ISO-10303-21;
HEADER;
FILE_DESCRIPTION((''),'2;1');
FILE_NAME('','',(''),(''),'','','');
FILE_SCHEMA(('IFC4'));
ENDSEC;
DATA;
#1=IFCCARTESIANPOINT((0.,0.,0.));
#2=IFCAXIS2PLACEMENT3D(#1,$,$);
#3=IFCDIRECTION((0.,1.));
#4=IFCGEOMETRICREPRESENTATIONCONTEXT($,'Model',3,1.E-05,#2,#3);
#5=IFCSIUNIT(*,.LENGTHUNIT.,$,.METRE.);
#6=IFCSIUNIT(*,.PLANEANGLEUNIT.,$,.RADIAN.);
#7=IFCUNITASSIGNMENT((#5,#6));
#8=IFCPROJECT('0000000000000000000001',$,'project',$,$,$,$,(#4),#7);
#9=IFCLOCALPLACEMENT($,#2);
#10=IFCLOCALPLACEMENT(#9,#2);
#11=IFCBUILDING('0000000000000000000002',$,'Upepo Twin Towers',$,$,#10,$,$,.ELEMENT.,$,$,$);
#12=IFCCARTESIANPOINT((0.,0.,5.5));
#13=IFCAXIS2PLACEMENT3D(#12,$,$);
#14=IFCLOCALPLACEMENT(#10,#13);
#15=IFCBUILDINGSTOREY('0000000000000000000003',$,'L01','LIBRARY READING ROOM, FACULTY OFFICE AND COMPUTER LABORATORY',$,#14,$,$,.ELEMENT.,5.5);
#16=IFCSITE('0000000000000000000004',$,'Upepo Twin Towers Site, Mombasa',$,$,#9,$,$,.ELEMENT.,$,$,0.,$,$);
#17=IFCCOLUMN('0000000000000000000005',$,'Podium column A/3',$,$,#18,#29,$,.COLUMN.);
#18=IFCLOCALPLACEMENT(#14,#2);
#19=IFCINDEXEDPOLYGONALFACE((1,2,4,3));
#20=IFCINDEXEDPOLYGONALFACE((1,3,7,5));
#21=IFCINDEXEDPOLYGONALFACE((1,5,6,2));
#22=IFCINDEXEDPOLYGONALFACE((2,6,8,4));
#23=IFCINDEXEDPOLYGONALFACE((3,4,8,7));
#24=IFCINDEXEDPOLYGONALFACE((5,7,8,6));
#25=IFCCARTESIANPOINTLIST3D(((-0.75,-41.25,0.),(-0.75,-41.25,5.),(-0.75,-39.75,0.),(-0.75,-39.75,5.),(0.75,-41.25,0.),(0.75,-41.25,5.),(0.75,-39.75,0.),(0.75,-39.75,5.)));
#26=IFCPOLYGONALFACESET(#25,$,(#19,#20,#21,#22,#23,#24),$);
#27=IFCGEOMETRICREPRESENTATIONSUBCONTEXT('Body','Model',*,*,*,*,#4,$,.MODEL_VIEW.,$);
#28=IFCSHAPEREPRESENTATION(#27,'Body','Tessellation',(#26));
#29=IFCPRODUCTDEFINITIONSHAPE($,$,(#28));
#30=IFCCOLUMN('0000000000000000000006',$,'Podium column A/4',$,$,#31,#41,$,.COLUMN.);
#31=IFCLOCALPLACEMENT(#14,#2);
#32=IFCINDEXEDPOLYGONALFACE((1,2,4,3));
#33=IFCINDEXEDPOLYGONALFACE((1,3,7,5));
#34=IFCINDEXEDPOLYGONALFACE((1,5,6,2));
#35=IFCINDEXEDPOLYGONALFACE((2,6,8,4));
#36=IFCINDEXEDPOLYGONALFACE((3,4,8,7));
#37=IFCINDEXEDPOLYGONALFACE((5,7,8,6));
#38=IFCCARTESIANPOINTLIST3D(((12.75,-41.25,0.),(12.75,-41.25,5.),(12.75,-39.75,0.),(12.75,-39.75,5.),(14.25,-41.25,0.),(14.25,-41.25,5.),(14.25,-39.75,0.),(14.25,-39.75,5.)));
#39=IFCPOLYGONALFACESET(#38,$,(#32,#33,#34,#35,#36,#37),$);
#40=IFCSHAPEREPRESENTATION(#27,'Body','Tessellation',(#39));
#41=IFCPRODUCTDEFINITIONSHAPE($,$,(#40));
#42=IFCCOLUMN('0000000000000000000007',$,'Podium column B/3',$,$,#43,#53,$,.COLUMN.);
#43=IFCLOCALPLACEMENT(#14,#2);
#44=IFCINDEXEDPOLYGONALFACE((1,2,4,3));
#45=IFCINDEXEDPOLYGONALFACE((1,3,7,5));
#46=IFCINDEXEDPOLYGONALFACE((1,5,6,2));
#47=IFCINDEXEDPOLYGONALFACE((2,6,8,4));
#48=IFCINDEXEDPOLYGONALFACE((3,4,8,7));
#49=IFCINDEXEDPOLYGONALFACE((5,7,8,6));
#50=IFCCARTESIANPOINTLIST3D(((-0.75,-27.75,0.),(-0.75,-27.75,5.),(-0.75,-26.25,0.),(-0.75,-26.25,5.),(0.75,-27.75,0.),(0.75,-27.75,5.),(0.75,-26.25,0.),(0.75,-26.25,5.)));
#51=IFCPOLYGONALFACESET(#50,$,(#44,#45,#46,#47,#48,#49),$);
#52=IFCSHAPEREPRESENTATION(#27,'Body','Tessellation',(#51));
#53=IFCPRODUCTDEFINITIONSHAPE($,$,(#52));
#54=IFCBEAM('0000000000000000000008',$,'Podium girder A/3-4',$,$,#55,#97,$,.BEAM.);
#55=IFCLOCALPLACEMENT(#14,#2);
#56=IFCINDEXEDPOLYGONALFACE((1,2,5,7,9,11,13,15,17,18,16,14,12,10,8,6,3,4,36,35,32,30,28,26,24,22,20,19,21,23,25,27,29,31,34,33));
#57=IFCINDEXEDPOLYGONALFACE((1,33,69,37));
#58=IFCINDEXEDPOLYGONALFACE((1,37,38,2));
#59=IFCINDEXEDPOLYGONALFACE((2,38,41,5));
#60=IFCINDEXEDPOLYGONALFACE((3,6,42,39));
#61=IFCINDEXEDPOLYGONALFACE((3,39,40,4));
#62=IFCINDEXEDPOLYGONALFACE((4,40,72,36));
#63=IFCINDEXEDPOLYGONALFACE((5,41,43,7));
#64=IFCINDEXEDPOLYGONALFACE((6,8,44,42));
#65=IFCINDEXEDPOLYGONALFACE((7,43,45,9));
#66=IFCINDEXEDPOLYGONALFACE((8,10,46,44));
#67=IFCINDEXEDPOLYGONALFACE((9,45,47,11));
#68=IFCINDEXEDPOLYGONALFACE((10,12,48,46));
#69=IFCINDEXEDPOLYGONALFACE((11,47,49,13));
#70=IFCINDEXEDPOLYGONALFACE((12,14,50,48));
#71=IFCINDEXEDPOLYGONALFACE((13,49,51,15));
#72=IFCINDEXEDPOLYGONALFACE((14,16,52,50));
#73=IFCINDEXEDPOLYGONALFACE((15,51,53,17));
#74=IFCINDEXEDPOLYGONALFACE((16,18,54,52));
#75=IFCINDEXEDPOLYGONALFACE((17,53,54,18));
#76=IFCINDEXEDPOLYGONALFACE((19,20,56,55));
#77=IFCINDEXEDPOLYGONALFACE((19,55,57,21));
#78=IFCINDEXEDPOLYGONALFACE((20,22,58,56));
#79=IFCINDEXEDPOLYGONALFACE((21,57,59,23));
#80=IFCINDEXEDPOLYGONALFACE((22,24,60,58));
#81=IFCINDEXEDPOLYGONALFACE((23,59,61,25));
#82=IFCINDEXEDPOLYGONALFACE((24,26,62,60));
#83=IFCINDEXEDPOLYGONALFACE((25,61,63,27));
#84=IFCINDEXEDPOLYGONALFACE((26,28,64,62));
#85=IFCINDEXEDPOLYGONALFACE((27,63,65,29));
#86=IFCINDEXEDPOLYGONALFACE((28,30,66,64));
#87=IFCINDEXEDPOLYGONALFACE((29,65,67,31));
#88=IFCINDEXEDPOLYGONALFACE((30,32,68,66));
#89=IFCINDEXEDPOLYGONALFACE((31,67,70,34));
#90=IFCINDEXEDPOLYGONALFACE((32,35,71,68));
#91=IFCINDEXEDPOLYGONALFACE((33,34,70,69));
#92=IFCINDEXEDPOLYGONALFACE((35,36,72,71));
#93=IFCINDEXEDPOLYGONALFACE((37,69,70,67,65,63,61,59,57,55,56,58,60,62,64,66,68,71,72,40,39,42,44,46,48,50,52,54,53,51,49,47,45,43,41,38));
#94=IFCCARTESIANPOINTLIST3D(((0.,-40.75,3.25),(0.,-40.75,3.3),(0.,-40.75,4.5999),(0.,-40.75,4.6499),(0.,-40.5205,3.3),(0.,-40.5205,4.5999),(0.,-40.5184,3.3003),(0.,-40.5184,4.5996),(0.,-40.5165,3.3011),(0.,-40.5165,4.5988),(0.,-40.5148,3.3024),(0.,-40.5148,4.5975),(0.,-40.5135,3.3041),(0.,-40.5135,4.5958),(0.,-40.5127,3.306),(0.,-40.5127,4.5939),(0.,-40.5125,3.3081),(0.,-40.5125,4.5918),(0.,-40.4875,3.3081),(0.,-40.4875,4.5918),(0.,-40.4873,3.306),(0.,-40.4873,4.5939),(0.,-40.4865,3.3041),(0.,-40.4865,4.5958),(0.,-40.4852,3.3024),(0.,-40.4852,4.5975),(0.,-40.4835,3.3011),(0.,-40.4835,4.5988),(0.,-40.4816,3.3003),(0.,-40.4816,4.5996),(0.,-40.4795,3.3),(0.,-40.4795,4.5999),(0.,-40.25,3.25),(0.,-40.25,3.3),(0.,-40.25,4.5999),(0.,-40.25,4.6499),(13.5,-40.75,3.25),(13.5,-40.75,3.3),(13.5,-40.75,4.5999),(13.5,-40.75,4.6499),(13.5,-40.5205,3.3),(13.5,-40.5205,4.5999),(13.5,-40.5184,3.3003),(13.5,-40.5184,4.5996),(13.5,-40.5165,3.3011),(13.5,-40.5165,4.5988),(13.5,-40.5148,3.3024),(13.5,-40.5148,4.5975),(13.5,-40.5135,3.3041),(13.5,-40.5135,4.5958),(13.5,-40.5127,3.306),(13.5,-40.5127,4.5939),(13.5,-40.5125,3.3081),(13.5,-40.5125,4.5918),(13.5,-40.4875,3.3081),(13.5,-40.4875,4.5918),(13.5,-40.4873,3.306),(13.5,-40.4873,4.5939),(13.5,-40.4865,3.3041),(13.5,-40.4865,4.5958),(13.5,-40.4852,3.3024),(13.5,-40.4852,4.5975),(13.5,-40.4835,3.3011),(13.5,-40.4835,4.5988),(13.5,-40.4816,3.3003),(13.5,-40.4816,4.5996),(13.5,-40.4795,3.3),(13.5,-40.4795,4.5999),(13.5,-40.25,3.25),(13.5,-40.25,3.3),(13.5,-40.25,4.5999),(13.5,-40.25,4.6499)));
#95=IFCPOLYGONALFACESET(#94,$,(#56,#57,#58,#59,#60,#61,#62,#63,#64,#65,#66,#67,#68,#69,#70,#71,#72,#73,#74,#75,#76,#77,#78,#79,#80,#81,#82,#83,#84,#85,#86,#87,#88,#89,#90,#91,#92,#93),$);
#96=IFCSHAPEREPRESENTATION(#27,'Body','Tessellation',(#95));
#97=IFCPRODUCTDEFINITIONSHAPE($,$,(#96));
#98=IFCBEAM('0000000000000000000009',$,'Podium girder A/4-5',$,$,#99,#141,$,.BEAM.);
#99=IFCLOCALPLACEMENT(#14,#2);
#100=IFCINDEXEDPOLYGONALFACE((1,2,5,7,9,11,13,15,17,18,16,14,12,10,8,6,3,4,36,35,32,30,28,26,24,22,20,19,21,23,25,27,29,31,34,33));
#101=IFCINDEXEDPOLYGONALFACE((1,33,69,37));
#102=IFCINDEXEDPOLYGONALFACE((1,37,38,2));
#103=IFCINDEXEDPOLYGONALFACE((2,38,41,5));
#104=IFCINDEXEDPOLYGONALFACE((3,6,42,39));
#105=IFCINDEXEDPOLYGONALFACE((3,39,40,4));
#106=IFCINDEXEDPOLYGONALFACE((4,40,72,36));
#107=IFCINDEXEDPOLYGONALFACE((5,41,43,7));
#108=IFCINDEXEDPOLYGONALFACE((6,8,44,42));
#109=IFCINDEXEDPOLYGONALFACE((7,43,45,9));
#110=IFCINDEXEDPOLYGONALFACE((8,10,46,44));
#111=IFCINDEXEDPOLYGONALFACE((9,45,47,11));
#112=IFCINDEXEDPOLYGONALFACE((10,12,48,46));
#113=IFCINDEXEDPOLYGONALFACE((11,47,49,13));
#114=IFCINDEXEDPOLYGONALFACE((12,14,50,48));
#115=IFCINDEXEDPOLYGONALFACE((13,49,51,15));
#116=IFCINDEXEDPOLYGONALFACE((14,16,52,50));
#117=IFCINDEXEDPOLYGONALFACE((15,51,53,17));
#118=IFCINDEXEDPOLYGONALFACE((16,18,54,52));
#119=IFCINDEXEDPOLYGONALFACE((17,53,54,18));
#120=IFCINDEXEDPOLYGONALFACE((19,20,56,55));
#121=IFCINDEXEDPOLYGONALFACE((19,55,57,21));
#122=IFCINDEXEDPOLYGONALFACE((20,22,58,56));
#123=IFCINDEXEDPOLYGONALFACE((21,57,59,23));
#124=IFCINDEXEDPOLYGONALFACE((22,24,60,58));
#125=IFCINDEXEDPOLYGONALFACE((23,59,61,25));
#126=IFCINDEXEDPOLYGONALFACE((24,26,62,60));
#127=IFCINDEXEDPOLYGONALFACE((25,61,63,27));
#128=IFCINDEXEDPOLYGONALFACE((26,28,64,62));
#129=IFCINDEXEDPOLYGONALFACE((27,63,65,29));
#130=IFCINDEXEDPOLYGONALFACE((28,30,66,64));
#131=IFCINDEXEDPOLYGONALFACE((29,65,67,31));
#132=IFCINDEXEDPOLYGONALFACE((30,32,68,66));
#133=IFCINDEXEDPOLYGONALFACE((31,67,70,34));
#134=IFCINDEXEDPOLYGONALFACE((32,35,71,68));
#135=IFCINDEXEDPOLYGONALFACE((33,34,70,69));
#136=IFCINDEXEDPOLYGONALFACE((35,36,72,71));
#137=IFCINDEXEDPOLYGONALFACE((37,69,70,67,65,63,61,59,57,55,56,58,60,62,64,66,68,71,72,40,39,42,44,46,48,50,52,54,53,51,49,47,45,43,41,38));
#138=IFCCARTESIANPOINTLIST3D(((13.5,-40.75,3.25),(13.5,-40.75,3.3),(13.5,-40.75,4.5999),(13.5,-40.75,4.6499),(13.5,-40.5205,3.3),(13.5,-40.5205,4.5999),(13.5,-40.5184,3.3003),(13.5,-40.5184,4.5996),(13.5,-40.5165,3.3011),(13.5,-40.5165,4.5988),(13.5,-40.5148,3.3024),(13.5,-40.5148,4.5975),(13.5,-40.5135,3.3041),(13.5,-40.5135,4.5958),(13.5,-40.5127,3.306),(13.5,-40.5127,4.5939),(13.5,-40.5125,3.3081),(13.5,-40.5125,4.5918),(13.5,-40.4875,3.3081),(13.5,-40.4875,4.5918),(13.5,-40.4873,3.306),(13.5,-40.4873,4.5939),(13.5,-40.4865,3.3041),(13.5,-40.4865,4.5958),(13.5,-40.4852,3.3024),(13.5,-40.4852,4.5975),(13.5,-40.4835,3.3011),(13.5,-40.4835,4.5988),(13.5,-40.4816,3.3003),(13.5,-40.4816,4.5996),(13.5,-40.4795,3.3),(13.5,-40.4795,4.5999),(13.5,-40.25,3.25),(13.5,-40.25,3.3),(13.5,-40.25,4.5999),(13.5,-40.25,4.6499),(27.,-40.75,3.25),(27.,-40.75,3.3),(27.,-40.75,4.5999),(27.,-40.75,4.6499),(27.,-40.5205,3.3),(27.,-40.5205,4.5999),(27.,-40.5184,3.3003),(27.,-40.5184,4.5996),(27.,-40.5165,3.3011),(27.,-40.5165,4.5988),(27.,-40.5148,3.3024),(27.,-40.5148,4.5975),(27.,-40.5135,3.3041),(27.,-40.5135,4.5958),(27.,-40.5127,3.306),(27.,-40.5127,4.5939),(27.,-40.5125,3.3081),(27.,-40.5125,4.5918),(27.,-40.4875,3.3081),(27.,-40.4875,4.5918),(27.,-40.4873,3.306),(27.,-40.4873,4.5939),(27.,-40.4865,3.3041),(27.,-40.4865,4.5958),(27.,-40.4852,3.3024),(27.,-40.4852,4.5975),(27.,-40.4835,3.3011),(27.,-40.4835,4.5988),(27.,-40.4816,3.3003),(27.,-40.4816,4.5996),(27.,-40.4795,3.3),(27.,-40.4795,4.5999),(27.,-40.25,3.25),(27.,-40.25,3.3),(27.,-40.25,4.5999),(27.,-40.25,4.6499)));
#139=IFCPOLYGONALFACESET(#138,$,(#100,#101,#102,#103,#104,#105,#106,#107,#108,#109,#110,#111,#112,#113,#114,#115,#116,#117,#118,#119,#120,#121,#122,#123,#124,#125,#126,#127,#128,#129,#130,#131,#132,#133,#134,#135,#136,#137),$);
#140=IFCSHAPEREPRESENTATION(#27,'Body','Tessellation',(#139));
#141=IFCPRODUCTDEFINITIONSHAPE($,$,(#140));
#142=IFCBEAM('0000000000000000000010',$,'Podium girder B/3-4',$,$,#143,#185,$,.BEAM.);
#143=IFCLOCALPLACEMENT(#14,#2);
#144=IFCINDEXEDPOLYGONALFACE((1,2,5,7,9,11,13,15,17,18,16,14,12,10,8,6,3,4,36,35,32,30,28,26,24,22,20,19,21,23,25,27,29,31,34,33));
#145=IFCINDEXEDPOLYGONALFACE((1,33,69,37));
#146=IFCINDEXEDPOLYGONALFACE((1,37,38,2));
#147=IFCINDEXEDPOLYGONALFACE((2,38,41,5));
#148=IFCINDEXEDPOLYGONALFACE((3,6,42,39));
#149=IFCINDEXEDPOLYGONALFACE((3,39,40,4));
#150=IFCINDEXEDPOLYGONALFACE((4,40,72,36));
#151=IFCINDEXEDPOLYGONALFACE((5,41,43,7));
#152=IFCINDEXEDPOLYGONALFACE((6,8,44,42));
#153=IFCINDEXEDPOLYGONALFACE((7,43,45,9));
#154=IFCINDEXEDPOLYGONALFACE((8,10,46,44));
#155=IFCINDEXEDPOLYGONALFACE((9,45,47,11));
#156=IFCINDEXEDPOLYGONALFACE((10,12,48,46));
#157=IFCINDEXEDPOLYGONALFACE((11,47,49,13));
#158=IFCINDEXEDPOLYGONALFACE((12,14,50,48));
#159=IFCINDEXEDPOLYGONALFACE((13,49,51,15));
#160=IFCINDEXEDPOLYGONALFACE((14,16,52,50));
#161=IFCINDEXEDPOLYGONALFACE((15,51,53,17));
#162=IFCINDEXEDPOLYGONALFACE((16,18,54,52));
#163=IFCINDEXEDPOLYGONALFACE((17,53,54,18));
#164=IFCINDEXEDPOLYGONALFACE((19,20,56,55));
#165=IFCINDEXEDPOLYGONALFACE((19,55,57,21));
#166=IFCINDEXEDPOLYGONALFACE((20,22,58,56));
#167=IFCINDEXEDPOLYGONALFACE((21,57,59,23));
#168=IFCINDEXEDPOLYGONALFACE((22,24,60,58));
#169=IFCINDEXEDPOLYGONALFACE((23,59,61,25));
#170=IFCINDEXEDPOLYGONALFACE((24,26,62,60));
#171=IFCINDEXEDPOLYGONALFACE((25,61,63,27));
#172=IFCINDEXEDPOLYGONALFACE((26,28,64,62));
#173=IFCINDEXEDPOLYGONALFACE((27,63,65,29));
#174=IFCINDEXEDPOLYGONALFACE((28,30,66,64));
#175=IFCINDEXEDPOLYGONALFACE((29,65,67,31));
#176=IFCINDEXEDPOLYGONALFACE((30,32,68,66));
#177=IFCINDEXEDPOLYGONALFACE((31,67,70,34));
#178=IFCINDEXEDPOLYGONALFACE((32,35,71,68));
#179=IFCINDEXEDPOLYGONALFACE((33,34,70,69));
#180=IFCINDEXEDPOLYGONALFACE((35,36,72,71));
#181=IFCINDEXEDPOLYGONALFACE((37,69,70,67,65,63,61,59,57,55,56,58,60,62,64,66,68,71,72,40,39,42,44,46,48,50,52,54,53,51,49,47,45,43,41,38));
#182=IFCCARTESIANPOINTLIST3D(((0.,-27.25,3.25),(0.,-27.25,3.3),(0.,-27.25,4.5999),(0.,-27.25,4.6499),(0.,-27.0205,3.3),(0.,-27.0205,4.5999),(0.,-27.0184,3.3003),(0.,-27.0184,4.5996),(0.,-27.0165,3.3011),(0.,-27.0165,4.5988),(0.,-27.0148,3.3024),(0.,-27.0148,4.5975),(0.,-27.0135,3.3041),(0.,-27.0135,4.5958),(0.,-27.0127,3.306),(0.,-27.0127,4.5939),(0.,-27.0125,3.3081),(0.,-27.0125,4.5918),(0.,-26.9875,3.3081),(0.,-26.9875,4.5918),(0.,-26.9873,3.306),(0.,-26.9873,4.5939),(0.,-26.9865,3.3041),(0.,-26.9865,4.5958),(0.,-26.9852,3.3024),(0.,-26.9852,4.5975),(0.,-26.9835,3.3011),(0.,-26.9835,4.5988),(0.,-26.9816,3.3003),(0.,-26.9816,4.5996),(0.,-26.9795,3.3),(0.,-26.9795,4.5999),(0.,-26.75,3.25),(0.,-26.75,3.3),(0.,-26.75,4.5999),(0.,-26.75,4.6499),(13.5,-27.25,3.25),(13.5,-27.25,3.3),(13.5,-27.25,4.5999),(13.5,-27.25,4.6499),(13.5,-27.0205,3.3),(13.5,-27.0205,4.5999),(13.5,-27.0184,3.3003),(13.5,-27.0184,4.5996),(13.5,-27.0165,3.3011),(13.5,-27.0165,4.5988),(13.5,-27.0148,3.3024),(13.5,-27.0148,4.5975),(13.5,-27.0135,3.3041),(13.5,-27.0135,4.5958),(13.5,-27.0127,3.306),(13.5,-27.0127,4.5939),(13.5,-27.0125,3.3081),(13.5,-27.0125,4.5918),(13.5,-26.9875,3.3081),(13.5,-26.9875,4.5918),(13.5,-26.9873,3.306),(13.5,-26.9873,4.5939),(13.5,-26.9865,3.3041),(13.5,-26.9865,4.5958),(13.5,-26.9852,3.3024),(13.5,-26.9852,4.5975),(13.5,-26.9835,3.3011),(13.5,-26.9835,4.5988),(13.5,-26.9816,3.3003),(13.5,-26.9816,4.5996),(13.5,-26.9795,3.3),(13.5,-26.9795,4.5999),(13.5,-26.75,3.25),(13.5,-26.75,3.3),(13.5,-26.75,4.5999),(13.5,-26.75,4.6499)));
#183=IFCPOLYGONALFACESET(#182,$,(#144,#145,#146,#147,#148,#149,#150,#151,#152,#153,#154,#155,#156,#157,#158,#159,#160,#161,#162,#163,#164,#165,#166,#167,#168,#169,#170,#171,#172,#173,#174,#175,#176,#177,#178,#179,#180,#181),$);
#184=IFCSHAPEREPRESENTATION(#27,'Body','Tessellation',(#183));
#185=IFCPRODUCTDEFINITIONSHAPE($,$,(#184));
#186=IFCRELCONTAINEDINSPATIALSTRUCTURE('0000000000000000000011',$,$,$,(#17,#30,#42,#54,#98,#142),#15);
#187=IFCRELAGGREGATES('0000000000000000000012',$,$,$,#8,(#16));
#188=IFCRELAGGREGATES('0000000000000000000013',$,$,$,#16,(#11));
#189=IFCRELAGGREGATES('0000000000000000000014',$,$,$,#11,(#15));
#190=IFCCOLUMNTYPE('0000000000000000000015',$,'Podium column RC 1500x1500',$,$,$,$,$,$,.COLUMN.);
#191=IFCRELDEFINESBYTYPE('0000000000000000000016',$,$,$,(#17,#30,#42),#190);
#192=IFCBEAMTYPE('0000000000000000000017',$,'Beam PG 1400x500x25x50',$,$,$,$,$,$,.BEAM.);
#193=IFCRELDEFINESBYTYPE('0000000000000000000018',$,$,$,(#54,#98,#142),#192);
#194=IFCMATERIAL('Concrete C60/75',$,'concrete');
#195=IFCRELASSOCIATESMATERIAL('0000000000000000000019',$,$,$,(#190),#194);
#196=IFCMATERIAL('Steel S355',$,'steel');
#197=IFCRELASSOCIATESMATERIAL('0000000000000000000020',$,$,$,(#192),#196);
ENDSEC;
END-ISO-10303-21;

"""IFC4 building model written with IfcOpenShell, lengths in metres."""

from ifc_helpers import new_model, si_unit, direction, frame, origin, origin_2d, place, context, subcontext, project, spatial, rectangle, i_section, extrude, material, material_profile, profile_set, type_object, element, save


model = new_model("IFC4")

# Units and contexts
model_context = context("Model", 3, precision=1e-05, world=origin(), true_north=direction((0.0, 1.0)))
body_context = subcontext(model_context, "Body", "Model", "MODEL_VIEW")
ifc_project = project(units=[si_unit("LENGTHUNIT", "METRE"), si_unit("PLANEANGLEUNIT", "RADIAN")], contexts=[model_context])

# Site, building, storey
site_placement = place(None, origin())
site = spatial("IfcSite", under=ifc_project, at=site_placement, Name="Upepo Twin Towers Site, Mombasa", CompositionType="ELEMENT", RefElevation=0.0)
building_placement = place(site_placement, origin())
building = spatial("IfcBuilding", under=site, at=building_placement, Name="Upepo Twin Towers", CompositionType="ELEMENT")
storey_placement = place(building_placement, frame((0.0, 0.0, 5.5)))
storey = spatial("IfcBuildingStorey", under=building, at=storey_placement, Name="L01", Description="LIBRARY READING ROOM, FACULTY OFFICE AND COMPUTER LABORATORY", CompositionType="ELEMENT", Elevation=5.5)

# Columns
ifc_material_1 = material(Name="Concrete C60/75", Category="concrete")
ifc_material_profile_1 = material_profile(ifc_material_1, rectangle(XDim=1.5, YDim=1.5, at=origin_2d()), Name="RC 1500x1500")
ifc_profile_set_1 = profile_set([ifc_material_profile_1], Name="Concrete C60/75")
column_type = type_object("IfcColumnType", Name="Podium column RC 1500x1500", PredefinedType="COLUMN", material=ifc_profile_set_1)
for number, where, z_axis, x_axis, name in (
    (1, (0.0, -40.5, 0.0), (0.0, 0.0, 1.0), (1.0, 0.0, 0.0), "Podium column A/3"),
    (2, (13.5, -40.5, 0.0), (0.0, 0.0, 1.0), (1.0, 0.0, 0.0), "Podium column A/4"),
    (3, (0.0, -27.0, 0.0), (0.0, 0.0, 1.0), (1.0, 0.0, 0.0), "Podium column B/3"),
):
    element("IfcColumn", number, at=place(storey_placement, frame(where, z_axis=z_axis, x_axis=x_axis)), inside=storey, type_object=column_type, Name=name, PredefinedType="COLUMN", context=body_context, shape_type="SweptSolid", body=[
        extrude(rectangle(XDim=1.5, YDim=1.5, at=origin_2d()), origin(), (0.0, 0.0, 1.0), 5.0),
    ])

# Beams
ifc_material_2 = material(Name="Steel S355", Category="steel")
ifc_material_profile_2 = material_profile(ifc_material_2, i_section(OverallWidth=0.5, OverallDepth=1.3999, WebThickness=0.0249, FlangeThickness=0.05, FilletRadius=0.0081, at=origin_2d()), Name="PG 1400x500x25x50")
ifc_profile_set_2 = profile_set([ifc_material_profile_2], Name="Steel S355")
beam_type_1 = type_object("IfcBeamType", Name="Beam PG 1400x500x25x50", PredefinedType="BEAM", material=ifc_profile_set_2)
for number, where, z_axis, x_axis, name in (
    (4, (0.0, -40.5, 3.95), (1.0, 0.0, 0.0), (0.0, 1.0, 0.0), "Podium girder A/3-4"),
    (5, (13.5, -40.5, 3.95), (1.0, 0.0, 0.0), (0.0, 1.0, 0.0), "Podium girder A/4-5"),
    (6, (0.0, -27.0, 3.95), (1.0, 0.0, 0.0), (0.0, 1.0, 0.0), "Podium girder B/3-4"),
):
    element("IfcBeam", number, at=place(storey_placement, frame(where, z_axis=z_axis, x_axis=x_axis)), inside=storey, type_object=beam_type_1, Name=name, PredefinedType="BEAM", context=body_context, shape_type="SweptSolid", body=[
        extrude(i_section(OverallWidth=0.5, OverallDepth=1.3999, WebThickness=0.0249, FlangeThickness=0.05, FilletRadius=0.0081, at=origin_2d()), origin(), (0.0, 0.0, 1.0), 13.5),
    ])

save(model, "model.ifc")
